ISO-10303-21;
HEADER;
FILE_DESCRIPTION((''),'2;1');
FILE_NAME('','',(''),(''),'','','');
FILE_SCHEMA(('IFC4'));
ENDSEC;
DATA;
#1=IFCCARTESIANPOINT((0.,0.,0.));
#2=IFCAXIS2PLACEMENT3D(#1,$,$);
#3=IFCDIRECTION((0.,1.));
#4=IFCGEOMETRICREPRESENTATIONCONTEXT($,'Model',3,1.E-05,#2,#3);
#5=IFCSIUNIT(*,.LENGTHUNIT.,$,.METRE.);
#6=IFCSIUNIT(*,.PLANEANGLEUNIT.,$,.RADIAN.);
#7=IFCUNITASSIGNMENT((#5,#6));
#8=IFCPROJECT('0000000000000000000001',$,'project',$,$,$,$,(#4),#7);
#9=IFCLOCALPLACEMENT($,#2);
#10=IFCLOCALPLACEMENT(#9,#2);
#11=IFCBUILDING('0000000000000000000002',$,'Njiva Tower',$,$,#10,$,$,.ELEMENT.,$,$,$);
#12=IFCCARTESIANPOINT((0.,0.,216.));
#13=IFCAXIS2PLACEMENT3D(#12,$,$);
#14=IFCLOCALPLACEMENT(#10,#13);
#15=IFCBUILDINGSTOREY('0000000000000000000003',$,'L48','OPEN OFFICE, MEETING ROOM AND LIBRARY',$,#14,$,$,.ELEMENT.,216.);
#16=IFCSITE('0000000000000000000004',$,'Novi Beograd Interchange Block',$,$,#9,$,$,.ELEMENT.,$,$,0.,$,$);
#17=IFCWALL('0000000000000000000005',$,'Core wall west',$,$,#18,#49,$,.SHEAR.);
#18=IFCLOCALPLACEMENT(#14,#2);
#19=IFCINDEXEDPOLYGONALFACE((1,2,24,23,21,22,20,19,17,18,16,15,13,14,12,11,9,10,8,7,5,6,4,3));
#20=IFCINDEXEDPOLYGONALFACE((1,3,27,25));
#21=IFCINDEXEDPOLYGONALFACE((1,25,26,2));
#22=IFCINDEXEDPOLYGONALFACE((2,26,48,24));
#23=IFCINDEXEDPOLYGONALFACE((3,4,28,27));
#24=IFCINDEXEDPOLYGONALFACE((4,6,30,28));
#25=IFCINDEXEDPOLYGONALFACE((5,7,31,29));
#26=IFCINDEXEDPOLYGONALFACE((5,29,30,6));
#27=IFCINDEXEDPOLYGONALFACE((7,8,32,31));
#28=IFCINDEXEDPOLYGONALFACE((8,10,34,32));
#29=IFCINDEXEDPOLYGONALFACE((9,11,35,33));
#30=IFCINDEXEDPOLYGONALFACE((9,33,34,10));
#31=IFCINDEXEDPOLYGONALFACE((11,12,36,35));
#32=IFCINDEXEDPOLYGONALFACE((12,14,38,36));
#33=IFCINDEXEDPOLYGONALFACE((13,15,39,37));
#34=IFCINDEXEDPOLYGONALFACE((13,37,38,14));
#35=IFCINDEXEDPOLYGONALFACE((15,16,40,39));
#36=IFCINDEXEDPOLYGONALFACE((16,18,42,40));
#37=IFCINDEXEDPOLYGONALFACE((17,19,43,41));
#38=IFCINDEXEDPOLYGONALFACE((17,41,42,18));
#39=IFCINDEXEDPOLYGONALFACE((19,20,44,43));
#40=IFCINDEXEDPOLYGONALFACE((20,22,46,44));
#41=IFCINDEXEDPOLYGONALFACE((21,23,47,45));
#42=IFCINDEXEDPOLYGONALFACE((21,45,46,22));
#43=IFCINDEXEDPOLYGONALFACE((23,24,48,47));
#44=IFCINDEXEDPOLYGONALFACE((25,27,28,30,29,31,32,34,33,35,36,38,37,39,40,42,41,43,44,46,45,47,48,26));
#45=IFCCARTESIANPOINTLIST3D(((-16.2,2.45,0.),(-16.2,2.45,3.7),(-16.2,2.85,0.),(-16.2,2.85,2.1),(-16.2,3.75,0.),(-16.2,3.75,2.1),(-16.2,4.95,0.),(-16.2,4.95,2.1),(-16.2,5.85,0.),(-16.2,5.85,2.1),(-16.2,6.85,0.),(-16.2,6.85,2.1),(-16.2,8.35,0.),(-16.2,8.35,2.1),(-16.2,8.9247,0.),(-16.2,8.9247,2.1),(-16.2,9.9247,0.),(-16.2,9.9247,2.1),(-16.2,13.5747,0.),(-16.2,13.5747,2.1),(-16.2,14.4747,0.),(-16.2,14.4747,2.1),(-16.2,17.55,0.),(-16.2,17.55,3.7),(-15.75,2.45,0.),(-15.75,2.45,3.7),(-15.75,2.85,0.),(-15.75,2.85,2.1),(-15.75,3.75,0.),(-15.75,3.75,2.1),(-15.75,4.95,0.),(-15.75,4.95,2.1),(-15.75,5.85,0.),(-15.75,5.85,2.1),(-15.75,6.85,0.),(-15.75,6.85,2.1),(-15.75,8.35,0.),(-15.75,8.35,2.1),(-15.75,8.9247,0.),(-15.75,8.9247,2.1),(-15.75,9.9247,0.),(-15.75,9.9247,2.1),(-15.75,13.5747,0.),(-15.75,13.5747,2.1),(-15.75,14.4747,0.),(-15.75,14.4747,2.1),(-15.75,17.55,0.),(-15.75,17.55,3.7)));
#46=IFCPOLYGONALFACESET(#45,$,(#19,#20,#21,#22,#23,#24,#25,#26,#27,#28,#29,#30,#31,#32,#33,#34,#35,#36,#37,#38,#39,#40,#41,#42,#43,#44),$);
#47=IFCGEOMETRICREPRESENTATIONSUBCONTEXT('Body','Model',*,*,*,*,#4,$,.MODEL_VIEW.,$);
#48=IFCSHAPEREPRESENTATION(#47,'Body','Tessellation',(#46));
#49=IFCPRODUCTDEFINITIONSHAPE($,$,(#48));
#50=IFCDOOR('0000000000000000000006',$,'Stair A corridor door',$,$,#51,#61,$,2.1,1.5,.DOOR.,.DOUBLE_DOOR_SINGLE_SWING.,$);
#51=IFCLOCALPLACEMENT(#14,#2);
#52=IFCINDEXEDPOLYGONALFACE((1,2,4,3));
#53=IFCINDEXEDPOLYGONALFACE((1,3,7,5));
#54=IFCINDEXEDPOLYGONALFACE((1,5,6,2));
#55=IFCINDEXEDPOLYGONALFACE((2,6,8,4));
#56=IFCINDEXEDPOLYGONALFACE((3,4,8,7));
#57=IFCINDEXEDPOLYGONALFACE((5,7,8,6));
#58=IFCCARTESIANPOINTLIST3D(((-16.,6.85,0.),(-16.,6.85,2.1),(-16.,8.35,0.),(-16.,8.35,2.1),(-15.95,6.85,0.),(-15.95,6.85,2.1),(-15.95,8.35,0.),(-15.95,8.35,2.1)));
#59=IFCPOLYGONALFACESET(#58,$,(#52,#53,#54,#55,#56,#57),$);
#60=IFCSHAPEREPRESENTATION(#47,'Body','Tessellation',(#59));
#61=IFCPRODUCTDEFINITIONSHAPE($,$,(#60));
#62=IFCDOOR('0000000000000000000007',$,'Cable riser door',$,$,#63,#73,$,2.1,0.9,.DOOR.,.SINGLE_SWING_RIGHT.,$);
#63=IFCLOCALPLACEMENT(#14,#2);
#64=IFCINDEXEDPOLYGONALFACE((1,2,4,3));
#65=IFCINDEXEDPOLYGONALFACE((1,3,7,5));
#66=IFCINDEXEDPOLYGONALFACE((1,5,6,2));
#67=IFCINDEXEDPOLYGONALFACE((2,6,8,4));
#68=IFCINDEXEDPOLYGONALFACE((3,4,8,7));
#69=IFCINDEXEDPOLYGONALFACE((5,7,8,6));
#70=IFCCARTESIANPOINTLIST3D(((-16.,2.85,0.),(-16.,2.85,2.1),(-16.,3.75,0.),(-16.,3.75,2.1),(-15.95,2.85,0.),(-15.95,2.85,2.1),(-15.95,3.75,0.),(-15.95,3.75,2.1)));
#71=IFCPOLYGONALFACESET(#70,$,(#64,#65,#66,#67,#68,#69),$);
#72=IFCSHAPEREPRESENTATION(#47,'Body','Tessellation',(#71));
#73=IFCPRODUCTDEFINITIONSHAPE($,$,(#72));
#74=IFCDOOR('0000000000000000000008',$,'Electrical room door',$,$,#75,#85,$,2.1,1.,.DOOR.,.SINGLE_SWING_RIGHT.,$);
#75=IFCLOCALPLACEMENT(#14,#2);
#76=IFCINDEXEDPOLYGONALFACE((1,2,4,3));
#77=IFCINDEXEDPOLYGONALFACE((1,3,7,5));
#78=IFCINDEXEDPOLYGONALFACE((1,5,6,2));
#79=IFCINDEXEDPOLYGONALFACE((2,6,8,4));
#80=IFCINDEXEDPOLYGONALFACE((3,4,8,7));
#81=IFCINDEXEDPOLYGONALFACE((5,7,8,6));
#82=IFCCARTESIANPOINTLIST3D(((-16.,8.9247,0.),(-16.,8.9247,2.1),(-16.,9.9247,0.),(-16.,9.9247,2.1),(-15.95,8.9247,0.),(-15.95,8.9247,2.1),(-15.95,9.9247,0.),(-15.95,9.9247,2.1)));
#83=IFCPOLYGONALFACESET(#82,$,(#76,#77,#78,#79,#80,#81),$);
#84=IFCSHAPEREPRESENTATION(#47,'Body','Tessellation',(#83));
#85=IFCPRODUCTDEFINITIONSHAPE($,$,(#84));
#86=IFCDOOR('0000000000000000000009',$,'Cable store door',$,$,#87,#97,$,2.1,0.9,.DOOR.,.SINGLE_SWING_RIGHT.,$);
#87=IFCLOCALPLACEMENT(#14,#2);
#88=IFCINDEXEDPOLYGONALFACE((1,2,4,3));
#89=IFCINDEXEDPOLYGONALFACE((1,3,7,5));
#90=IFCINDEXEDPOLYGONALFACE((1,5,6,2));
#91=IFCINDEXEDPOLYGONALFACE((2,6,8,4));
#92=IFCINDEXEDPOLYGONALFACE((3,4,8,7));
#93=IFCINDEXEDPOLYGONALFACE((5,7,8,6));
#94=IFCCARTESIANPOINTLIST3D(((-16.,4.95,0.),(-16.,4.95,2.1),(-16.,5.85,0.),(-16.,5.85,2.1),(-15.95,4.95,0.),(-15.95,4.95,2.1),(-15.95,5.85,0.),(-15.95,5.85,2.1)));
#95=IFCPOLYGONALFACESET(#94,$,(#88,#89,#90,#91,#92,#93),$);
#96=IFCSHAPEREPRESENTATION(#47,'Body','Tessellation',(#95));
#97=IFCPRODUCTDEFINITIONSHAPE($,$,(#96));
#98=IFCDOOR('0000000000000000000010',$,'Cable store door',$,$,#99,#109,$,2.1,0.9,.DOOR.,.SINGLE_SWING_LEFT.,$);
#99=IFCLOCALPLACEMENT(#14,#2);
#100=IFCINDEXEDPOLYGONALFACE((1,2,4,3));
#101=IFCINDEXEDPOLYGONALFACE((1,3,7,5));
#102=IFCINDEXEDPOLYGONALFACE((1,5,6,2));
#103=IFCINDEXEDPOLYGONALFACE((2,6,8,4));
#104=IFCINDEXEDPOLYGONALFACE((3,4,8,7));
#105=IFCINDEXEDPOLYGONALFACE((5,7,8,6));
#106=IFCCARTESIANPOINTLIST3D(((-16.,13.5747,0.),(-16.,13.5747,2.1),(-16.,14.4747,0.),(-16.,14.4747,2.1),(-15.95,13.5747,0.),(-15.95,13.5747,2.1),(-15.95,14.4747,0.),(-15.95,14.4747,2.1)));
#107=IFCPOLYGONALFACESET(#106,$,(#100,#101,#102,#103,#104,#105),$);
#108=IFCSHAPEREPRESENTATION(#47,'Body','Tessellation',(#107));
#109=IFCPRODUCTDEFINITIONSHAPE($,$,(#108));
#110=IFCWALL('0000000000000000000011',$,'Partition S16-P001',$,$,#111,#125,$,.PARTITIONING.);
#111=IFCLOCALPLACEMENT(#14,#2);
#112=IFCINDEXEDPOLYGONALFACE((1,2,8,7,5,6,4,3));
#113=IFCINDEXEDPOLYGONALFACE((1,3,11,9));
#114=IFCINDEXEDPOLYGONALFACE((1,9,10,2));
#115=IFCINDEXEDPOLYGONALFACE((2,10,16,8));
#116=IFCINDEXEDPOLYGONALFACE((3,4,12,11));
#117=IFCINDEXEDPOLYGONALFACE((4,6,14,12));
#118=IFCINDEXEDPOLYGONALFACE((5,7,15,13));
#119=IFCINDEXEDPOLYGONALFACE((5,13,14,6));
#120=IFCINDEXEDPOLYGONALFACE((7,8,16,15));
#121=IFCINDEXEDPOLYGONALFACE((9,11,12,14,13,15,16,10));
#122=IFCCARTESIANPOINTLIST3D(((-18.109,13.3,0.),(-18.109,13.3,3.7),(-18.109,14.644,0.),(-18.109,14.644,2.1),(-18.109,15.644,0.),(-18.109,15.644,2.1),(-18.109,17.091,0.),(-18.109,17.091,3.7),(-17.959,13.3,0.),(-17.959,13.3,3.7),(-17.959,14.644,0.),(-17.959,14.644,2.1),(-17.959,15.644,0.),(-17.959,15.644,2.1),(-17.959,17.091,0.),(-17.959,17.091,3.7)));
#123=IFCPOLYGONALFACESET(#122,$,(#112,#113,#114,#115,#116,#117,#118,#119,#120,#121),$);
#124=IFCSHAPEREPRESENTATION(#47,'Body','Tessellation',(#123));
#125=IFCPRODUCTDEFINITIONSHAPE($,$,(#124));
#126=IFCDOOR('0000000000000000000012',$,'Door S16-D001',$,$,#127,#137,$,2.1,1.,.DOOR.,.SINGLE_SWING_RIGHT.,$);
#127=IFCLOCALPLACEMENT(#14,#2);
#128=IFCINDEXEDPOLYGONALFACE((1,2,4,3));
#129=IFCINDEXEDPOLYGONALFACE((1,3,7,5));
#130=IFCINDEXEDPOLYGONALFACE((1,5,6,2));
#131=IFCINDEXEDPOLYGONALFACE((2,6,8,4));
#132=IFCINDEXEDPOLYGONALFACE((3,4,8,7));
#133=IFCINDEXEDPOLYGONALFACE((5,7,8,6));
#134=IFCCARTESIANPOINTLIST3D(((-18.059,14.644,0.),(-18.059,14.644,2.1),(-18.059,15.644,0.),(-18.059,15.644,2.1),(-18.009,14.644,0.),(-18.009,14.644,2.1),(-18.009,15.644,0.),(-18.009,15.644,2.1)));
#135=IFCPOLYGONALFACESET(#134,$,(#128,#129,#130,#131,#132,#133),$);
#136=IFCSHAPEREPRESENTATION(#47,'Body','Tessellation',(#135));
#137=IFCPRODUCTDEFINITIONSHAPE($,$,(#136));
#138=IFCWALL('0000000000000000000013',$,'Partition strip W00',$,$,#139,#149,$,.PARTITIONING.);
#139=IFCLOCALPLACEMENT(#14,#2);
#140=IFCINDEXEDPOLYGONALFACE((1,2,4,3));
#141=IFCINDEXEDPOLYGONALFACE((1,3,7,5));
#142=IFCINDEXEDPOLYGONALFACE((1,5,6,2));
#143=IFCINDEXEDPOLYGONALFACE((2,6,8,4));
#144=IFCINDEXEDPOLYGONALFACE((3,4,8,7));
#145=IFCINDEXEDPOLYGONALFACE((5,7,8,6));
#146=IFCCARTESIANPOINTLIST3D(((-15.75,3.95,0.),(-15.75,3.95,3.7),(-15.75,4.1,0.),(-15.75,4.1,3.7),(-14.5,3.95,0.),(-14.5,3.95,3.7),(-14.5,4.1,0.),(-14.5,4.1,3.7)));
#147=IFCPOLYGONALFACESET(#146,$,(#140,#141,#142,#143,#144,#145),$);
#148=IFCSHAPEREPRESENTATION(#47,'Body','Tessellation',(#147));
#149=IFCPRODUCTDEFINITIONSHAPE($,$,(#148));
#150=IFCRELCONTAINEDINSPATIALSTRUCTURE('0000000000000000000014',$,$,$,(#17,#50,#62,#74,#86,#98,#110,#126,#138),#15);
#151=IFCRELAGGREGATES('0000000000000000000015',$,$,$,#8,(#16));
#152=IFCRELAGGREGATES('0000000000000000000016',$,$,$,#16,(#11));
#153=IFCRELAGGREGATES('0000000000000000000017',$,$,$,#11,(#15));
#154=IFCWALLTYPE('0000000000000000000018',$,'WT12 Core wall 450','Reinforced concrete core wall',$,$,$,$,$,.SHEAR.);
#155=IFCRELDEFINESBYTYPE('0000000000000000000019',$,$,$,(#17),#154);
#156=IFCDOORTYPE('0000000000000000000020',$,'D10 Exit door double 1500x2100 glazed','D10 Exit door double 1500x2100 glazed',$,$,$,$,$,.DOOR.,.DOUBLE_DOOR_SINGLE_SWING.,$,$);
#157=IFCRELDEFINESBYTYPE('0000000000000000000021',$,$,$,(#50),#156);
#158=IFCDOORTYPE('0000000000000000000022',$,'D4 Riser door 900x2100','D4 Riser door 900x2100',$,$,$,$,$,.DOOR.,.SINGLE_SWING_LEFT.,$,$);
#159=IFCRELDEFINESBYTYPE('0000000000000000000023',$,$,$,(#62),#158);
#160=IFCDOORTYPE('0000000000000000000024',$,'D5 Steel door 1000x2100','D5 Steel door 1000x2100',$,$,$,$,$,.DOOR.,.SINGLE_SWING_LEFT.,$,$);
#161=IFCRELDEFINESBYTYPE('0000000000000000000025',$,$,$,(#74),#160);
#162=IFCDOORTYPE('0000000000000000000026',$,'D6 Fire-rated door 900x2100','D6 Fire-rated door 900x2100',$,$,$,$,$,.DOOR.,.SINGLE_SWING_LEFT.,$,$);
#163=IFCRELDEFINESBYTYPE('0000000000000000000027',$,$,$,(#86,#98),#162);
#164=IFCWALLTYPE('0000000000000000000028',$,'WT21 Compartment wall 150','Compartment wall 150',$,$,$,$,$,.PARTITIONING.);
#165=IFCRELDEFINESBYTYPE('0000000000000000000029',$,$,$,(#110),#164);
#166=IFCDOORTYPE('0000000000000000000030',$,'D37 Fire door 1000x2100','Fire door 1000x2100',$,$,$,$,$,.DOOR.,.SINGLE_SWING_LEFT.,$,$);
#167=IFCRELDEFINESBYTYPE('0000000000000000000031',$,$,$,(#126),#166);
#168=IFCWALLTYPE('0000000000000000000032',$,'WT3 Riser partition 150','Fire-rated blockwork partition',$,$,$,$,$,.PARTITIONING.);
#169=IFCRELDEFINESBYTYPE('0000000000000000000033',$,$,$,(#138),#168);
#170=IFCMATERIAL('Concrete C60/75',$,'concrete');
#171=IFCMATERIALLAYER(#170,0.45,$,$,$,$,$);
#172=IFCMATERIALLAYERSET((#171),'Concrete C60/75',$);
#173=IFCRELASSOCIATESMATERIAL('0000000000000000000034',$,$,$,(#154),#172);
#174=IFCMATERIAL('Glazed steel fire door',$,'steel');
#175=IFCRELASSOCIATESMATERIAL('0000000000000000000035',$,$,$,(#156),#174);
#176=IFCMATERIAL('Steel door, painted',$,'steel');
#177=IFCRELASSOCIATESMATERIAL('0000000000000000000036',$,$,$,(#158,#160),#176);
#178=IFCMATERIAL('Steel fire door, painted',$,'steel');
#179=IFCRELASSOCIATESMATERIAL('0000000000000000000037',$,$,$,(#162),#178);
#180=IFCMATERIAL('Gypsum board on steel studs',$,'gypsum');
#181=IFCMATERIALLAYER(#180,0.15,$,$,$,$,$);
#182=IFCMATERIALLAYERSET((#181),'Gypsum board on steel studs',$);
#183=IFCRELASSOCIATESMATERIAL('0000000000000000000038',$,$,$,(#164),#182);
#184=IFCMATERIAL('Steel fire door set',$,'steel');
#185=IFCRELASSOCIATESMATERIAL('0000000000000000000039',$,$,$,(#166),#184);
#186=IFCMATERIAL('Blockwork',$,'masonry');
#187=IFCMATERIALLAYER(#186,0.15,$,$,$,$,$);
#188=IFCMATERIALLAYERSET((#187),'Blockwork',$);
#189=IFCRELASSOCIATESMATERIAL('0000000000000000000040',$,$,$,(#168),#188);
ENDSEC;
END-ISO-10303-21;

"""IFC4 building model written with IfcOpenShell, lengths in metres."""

from ifc_helpers import new_model, si_unit, direction, frame, frame_2d, origin, place, context, subcontext, project, spatial, rectangle, extrude, material, layer, layer_set, type_object, element, fill, save


model = new_model("IFC4")

# Units and contexts
model_context = context("Model", 3, precision=1e-05, world=origin(), true_north=direction((0.0, 1.0)))
body_context = subcontext(model_context, "Body", "Model", "MODEL_VIEW")
ifc_project = project(units=[si_unit("LENGTHUNIT", "METRE"), si_unit("PLANEANGLEUNIT", "RADIAN")], contexts=[model_context])

# Site, building, storey
site_placement = place(None, origin())
site = spatial("IfcSite", under=ifc_project, at=site_placement, Name="Novi Beograd Interchange Block", CompositionType="ELEMENT", RefElevation=0.0)
building_placement = place(site_placement, origin())
building = spatial("IfcBuilding", under=site, at=building_placement, Name="Njiva Tower", CompositionType="ELEMENT")
storey_placement = place(building_placement, frame((0.0, 0.0, 216.0)))
storey = spatial("IfcBuildingStorey", under=building, at=storey_placement, Name="L48", Description="OPEN OFFICE, MEETING ROOM AND LIBRARY", CompositionType="ELEMENT", Elevation=216.0)

# Wall, openings, doors
ifc_material_1 = material(Name="Concrete C60/75", Category="concrete")
ifc_layer_1 = layer(ifc_material_1, 0.45)
ifc_layer_set_1 = layer_set([ifc_layer_1], Name="Concrete C60/75")
wall_type_1 = type_object("IfcWallType", Name="WT12 Core wall 450", Description="Reinforced concrete core wall", PredefinedType="SHEAR", material=ifc_layer_set_1)
wall_1_placement = place(storey_placement, frame((-15.975, 2.45, 0.0), z_axis=(0.0, 0.0, 1.0), x_axis=(0.0, 1.0, 0.0)))
wall_1 = element("IfcWall", 1, at=wall_1_placement, inside=storey, type_object=wall_type_1, Name="Core wall west", PredefinedType="SHEAR", context=body_context, shape_type="SweptSolid", body=[
    extrude(rectangle(XDim=15.1, YDim=0.45, at=frame_2d((7.55, 0.0))), origin(), (0.0, 0.0, 1.0), 3.7),
])
opening_1_placement = place(wall_1_placement, frame((4.4, 0.0, 0.0)))
opening_1 = element("IfcOpeningElement", 2, at=opening_1_placement, cuts=wall_1, PredefinedType="OPENING", context=body_context, shape_type="SweptSolid", body=[
    extrude(rectangle(XDim=1.5, YDim=2.1, at=frame_2d((0.75, 1.05))), frame((0.0, 0.235, 0.0), z_axis=(0.0, -1.0, 0.0), x_axis=(1.0, 0.0, 0.0)), (0.0, 0.0, 1.0), 0.47),
])
opening_2_placement = place(wall_1_placement, frame((0.4, 0.0, 0.0)))
opening_2 = element("IfcOpeningElement", 3, at=opening_2_placement, cuts=wall_1, PredefinedType="OPENING", context=body_context, shape_type="SweptSolid", body=[
    extrude(rectangle(XDim=0.9, YDim=2.1, at=frame_2d((0.45, 1.05))), frame((0.0, 0.235, 0.0), z_axis=(0.0, -1.0, 0.0), x_axis=(1.0, 0.0, 0.0)), (0.0, 0.0, 1.0), 0.47),
])
opening_3_placement = place(wall_1_placement, frame((2.5, 0.0, 0.0)))
opening_3 = element("IfcOpeningElement", 4, at=opening_3_placement, cuts=wall_1, PredefinedType="OPENING", context=body_context, shape_type="SweptSolid", body=[
    extrude(rectangle(XDim=0.9, YDim=2.1, at=frame_2d((0.45, 1.05))), frame((0.0, 0.235, 0.0), z_axis=(0.0, -1.0, 0.0), x_axis=(1.0, 0.0, 0.0)), (0.0, 0.0, 1.0), 0.47),
])
opening_4_placement = place(wall_1_placement, frame((6.4747, 0.0, 0.0)))
opening_4 = element("IfcOpeningElement", 5, at=opening_4_placement, cuts=wall_1, PredefinedType="OPENING", context=body_context, shape_type="SweptSolid", body=[
    extrude(rectangle(XDim=1.0, YDim=2.1, at=frame_2d((0.5, 1.05))), frame((0.0, 0.235, 0.0), z_axis=(0.0, -1.0, 0.0), x_axis=(1.0, 0.0, 0.0)), (0.0, 0.0, 1.0), 0.47),
])
opening_5_placement = place(wall_1_placement, frame((11.1247, 0.0, 0.0)))
opening_5 = element("IfcOpeningElement", 6, at=opening_5_placement, cuts=wall_1, PredefinedType="OPENING", context=body_context, shape_type="SweptSolid", body=[
    extrude(rectangle(XDim=0.9, YDim=2.1, at=frame_2d((0.45, 1.05))), frame((0.0, 0.235, 0.0), z_axis=(0.0, -1.0, 0.0), x_axis=(1.0, 0.0, 0.0)), (0.0, 0.0, 1.0), 0.47),
])
ifc_material_2 = material(Name="Glazed steel fire door", Category="steel")
door_type_1 = type_object("IfcDoorType", Name="D10 Exit door double 1500x2100 glazed", Description="D10 Exit door double 1500x2100 glazed", OperationType="DOUBLE_DOOR_SINGLE_SWING", PredefinedType="DOOR", material=ifc_material_2)
door_1_placement = place(opening_1_placement, origin())
door_1 = element("IfcDoor", 7, at=door_1_placement, inside=storey, type_object=door_type_1, Name="Stair A corridor door", OperationType="DOUBLE_DOOR_SINGLE_SWING", OverallHeight=2.1, OverallWidth=1.5, PredefinedType="DOOR", context=body_context, shape_type="SweptSolid", body=[
    extrude(rectangle(XDim=1.5, YDim=2.1, at=frame_2d((0.75, 1.05))), frame((0.0, 0.025, 0.0), z_axis=(0.0, -1.0, 0.0), x_axis=(1.0, 0.0, 0.0)), (0.0, 0.0, 1.0), 0.05),
])
fill(opening_1, door_1)
ifc_material_3 = material(Name="Steel door, painted", Category="steel")
door_type_2 = type_object("IfcDoorType", Name="D4 Riser door 900x2100", Description="D4 Riser door 900x2100", OperationType="SINGLE_SWING_LEFT", PredefinedType="DOOR", material=ifc_material_3)
door_2_placement = place(opening_2_placement, origin())
door_2 = element("IfcDoor", 8, at=door_2_placement, inside=storey, type_object=door_type_2, Name="Cable riser door", OperationType="SINGLE_SWING_RIGHT", OverallHeight=2.1, OverallWidth=0.9, PredefinedType="DOOR", context=body_context, shape_type="SweptSolid", body=[
    extrude(rectangle(XDim=0.9, YDim=2.1, at=frame_2d((0.45, 1.05))), frame((0.0, 0.025, 0.0), z_axis=(0.0, -1.0, 0.0), x_axis=(1.0, 0.0, 0.0)), (0.0, 0.0, 1.0), 0.05),
])
fill(opening_2, door_2)
door_type_3 = type_object("IfcDoorType", Name="D5 Steel door 1000x2100", Description="D5 Steel door 1000x2100", OperationType="SINGLE_SWING_LEFT", PredefinedType="DOOR", material=ifc_material_3)
door_3_placement = place(opening_4_placement, origin())
door_3 = element("IfcDoor", 9, at=door_3_placement, inside=storey, type_object=door_type_3, Name="Electrical room door", OperationType="SINGLE_SWING_RIGHT", OverallHeight=2.1, OverallWidth=1.0, PredefinedType="DOOR", context=body_context, shape_type="SweptSolid", body=[
    extrude(rectangle(XDim=1.0, YDim=2.1, at=frame_2d((0.5, 1.05))), frame((0.0, 0.025, 0.0), z_axis=(0.0, -1.0, 0.0), x_axis=(1.0, 0.0, 0.0)), (0.0, 0.0, 1.0), 0.05),
])
fill(opening_4, door_3)
ifc_material_4 = material(Name="Steel fire door, painted", Category="steel")
door_type_4 = type_object("IfcDoorType", Name="D6 Fire-rated door 900x2100", Description="D6 Fire-rated door 900x2100", OperationType="SINGLE_SWING_LEFT", PredefinedType="DOOR", material=ifc_material_4)
door_4_placement = place(opening_3_placement, origin())
door_4 = element("IfcDoor", 10, at=door_4_placement, inside=storey, type_object=door_type_4, Name="Cable store door", OperationType="SINGLE_SWING_RIGHT", OverallHeight=2.1, OverallWidth=0.9, PredefinedType="DOOR", context=body_context, shape_type="SweptSolid", body=[
    extrude(rectangle(XDim=0.9, YDim=2.1, at=frame_2d((0.45, 1.05))), frame((0.0, 0.025, 0.0), z_axis=(0.0, -1.0, 0.0), x_axis=(1.0, 0.0, 0.0)), (0.0, 0.0, 1.0), 0.05),
])
fill(opening_3, door_4)
door_5_placement = place(opening_5_placement, origin())
door_5 = element("IfcDoor", 11, at=door_5_placement, inside=storey, type_object=door_type_4, Name="Cable store door", OperationType="SINGLE_SWING_LEFT", OverallHeight=2.1, OverallWidth=0.9, PredefinedType="DOOR", context=body_context, shape_type="SweptSolid", body=[
    extrude(rectangle(XDim=0.9, YDim=2.1, at=frame_2d((0.45, 1.05))), frame((0.0, 0.025, 0.0), z_axis=(0.0, -1.0, 0.0), x_axis=(1.0, 0.0, 0.0)), (0.0, 0.0, 1.0), 0.05),
])
fill(opening_5, door_5)

# Wall, opening, door
ifc_material_5 = material(Name="Gypsum board on steel studs", Category="gypsum")
ifc_layer_2 = layer(ifc_material_5, 0.15)
ifc_layer_set_2 = layer_set([ifc_layer_2], Name="Gypsum board on steel studs")
wall_type_2 = type_object("IfcWallType", Name="WT21 Compartment wall 150", Description="Compartment wall 150", PredefinedType="PARTITIONING", material=ifc_layer_set_2)
wall_2_placement = place(storey_placement, frame((-18.034, 13.3, 0.0), z_axis=(0.0, 0.0, 1.0), x_axis=(0.0, 1.0, 0.0)))
wall_2 = element("IfcWall", 12, at=wall_2_placement, inside=storey, type_object=wall_type_2, Name="Partition S16-P001", PredefinedType="PARTITIONING", context=body_context, shape_type="SweptSolid", body=[
    extrude(rectangle(XDim=3.791, YDim=0.15, at=frame_2d((1.8955, 0.0))), origin(), (0.0, 0.0, 1.0), 3.7),
])
opening_6_placement = place(wall_2_placement, frame((1.344, 0.0, 0.0)))
opening_6 = element("IfcOpeningElement", 13, at=opening_6_placement, cuts=wall_2, PredefinedType="OPENING", context=body_context, shape_type="SweptSolid", body=[
    extrude(rectangle(XDim=1.0, YDim=2.1, at=frame_2d((0.5, 1.05))), frame((0.0, 0.085, 0.0), z_axis=(0.0, -1.0, 0.0), x_axis=(1.0, 0.0, 0.0)), (0.0, 0.0, 1.0), 0.17),
])
ifc_material_6 = material(Name="Steel fire door set", Category="steel")
door_type_5 = type_object("IfcDoorType", Name="D37 Fire door 1000x2100", Description="Fire door 1000x2100", OperationType="SINGLE_SWING_LEFT", PredefinedType="DOOR", material=ifc_material_6)
door_6_placement = place(opening_6_placement, origin())
door_6 = element("IfcDoor", 14, at=door_6_placement, inside=storey, type_object=door_type_5, Name="Door S16-D001", OperationType="SINGLE_SWING_RIGHT", OverallHeight=2.1, OverallWidth=1.0, PredefinedType="DOOR", context=body_context, shape_type="SweptSolid", body=[
    extrude(rectangle(XDim=1.0, YDim=2.1, at=frame_2d((0.5, 1.05))), frame((0.0, 0.025, 0.0), z_axis=(0.0, -1.0, 0.0), x_axis=(1.0, 0.0, 0.0)), (0.0, 0.0, 1.0), 0.05),
])
fill(opening_6, door_6)

# Wall
ifc_material_7 = material(Name="Blockwork", Category="masonry")
ifc_layer_3 = layer(ifc_material_7, 0.15)
ifc_layer_set_3 = layer_set([ifc_layer_3], Name="Blockwork")
wall_type_3 = type_object("IfcWallType", Name="WT3 Riser partition 150", Description="Fire-rated blockwork partition", PredefinedType="PARTITIONING", material=ifc_layer_set_3)
wall_3_placement = place(storey_placement, frame((-15.75, 4.025, 0.0), z_axis=(0.0, 0.0, 1.0), x_axis=(1.0, 0.0, 0.0)))
element("IfcWall", 15, at=wall_3_placement, inside=storey, type_object=wall_type_3, Name="Partition strip W00", PredefinedType="PARTITIONING", context=body_context, shape_type="SweptSolid", body=[
    extrude(rectangle(XDim=1.25, YDim=0.15, at=frame_2d((0.625, 0.0))), origin(), (0.0, 0.0, 1.0), 3.7),
])

save(model, "model.ifc")
